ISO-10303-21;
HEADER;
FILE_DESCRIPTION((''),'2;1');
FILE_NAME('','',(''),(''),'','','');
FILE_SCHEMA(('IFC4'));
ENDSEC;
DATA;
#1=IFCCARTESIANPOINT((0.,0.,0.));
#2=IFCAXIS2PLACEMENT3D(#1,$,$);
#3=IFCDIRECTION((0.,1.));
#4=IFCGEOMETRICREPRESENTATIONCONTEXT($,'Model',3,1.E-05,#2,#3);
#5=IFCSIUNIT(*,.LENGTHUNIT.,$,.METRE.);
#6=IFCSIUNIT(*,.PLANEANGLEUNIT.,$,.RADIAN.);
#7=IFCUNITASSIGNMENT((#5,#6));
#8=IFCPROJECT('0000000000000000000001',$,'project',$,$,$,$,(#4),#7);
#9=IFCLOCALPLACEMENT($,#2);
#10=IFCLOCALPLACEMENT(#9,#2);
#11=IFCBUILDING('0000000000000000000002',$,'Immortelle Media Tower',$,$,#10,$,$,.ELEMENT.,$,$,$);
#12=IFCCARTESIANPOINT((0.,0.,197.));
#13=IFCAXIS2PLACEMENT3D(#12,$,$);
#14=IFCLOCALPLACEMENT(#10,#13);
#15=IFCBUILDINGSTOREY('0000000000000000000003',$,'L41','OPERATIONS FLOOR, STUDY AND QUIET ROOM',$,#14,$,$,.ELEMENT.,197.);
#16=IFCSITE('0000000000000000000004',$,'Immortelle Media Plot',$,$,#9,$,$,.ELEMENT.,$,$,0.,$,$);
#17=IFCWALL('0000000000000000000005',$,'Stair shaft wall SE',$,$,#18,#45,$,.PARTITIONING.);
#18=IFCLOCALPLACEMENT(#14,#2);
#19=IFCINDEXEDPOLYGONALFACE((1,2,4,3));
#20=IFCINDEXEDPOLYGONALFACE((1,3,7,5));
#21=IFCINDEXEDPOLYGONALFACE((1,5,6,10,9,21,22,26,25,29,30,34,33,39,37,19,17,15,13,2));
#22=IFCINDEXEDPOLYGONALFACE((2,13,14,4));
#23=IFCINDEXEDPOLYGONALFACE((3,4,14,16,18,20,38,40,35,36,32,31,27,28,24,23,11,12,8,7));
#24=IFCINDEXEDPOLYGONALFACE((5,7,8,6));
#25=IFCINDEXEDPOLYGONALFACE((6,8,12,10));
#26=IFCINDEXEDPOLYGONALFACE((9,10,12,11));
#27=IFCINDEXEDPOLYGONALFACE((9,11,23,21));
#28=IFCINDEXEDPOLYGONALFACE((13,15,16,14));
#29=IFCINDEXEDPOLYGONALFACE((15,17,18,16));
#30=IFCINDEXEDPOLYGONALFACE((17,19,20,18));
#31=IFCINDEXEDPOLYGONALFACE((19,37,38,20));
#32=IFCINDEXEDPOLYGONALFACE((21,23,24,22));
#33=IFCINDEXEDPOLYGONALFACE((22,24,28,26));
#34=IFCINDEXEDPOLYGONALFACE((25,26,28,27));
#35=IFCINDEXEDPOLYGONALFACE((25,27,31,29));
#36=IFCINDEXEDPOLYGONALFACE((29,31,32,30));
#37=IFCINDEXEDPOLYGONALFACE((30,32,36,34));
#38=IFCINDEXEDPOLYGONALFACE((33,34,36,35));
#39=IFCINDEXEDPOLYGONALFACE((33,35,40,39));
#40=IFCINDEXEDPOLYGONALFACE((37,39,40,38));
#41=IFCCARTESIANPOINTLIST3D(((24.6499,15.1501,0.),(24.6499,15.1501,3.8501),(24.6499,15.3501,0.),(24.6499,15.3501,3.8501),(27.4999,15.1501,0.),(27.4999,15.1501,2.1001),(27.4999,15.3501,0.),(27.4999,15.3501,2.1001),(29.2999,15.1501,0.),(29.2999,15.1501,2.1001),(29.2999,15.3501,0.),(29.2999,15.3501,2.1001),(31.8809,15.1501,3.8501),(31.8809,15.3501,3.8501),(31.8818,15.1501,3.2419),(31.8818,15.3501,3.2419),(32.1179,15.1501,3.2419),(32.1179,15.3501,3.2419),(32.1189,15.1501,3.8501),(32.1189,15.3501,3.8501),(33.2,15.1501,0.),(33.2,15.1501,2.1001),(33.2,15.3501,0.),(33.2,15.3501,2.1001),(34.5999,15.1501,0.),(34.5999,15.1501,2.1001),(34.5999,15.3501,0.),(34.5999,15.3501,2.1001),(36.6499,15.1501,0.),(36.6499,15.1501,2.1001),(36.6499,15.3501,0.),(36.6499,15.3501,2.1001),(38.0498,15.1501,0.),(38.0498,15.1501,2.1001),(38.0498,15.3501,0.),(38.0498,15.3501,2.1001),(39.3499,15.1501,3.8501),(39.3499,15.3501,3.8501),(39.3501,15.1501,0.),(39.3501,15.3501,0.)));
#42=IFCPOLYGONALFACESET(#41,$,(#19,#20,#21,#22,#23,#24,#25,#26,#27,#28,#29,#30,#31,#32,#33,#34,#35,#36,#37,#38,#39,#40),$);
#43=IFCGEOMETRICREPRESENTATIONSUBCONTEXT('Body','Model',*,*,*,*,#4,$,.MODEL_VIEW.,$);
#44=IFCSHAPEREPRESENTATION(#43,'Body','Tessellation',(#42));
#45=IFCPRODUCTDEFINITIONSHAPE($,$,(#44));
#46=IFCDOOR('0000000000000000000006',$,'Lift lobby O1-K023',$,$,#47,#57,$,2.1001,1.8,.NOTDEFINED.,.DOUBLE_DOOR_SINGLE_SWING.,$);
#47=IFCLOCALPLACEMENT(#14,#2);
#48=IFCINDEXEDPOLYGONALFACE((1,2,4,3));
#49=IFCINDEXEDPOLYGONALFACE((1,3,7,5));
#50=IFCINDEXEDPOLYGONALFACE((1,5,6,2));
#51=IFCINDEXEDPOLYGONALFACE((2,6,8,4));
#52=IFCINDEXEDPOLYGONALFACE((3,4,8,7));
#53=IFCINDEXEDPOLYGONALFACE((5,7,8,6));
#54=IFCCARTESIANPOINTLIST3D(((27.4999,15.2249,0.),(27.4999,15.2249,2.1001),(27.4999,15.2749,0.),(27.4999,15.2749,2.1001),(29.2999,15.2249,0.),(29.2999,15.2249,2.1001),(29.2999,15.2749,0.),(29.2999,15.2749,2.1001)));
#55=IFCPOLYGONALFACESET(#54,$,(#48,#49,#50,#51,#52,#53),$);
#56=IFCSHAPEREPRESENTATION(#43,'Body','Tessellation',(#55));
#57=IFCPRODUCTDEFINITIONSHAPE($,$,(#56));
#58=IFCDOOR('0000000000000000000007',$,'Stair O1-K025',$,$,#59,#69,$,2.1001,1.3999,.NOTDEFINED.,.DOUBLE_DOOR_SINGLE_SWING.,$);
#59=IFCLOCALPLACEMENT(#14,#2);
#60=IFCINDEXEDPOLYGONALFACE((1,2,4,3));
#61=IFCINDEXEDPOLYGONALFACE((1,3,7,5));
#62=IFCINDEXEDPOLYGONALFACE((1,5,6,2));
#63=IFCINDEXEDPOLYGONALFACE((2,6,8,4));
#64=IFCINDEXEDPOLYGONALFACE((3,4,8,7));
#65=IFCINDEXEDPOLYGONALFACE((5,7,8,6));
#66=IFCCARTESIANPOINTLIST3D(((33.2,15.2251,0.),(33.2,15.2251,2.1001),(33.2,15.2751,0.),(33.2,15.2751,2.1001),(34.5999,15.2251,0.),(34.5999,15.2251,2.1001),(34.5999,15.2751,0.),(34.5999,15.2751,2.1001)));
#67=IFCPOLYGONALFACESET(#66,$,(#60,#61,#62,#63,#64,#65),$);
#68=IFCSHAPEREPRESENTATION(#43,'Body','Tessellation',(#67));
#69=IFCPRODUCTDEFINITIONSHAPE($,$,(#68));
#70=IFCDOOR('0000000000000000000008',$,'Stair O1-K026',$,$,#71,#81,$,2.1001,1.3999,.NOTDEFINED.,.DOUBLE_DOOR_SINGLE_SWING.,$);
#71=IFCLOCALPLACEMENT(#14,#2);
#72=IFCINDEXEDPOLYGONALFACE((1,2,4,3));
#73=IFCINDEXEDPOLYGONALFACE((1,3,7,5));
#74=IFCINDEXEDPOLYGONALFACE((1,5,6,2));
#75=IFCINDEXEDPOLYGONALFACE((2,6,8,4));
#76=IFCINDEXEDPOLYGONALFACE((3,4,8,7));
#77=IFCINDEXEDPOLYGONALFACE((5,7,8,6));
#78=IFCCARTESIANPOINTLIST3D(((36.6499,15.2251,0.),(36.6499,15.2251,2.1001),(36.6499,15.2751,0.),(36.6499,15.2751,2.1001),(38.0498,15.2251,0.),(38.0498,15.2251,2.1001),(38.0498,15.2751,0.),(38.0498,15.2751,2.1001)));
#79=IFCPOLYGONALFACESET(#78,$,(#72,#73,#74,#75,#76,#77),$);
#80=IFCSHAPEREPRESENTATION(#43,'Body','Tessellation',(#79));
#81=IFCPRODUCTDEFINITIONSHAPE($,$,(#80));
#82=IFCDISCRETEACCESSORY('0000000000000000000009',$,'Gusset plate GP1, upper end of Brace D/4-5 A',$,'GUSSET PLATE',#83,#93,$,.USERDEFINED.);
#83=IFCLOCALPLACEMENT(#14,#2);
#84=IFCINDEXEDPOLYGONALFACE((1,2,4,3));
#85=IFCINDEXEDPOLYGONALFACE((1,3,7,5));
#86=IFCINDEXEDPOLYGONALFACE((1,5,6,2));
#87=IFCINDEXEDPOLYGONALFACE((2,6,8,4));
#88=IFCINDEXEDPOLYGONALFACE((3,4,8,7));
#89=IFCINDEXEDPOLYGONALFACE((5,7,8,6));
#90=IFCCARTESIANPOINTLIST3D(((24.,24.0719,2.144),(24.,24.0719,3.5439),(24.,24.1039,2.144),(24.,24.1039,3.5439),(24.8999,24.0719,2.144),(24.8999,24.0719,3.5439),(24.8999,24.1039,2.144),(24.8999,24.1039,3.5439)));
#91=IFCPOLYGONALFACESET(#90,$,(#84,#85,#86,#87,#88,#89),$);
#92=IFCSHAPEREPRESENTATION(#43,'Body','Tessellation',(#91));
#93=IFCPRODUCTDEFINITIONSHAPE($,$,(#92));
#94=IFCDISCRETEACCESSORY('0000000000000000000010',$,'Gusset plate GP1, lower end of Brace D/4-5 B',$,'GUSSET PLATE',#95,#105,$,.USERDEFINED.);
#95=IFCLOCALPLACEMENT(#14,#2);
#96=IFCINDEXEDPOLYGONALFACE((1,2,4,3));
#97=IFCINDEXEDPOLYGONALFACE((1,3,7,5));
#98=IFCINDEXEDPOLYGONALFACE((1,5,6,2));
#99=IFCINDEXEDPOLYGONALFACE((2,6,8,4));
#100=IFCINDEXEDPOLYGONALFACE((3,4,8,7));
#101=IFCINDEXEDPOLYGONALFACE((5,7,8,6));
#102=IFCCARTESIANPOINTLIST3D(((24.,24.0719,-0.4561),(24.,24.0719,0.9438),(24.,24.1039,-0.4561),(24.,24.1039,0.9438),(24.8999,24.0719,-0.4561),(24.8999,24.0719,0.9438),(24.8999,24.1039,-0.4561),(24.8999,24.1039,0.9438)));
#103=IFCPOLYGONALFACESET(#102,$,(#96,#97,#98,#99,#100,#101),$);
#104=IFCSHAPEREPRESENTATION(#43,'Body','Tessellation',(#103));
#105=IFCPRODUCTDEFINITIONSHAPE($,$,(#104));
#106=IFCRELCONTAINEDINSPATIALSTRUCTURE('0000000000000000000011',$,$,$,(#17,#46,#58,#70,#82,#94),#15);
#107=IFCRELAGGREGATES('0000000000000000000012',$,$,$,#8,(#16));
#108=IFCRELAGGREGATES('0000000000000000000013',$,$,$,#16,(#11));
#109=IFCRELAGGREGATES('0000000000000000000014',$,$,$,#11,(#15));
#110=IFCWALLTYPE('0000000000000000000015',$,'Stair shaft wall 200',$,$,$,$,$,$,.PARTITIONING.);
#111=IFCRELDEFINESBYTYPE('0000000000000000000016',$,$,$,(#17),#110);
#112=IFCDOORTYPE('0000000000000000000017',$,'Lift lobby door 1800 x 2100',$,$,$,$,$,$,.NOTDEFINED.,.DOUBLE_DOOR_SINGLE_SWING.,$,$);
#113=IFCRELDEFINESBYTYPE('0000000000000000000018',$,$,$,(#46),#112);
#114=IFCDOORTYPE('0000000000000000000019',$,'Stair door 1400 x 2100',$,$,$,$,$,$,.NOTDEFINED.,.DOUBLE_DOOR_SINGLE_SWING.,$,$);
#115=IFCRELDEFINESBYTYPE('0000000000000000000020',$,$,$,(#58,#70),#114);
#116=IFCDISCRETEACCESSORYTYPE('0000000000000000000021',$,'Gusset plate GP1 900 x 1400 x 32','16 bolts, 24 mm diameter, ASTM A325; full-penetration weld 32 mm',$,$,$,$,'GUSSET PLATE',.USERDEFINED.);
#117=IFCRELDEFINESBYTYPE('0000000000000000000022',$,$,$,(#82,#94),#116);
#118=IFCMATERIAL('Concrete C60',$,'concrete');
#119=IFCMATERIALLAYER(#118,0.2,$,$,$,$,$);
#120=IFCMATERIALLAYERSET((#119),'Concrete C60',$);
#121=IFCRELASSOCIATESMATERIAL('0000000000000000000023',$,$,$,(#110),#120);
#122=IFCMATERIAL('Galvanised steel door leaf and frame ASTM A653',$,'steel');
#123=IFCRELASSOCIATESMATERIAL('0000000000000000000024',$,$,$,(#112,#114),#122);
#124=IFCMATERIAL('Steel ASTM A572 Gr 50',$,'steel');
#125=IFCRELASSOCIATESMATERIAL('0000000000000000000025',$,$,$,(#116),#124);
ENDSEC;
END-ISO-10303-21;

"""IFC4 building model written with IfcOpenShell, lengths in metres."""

from ifc_helpers import new_model, si_unit, direction, frame, frame_2d, origin, origin_2d, place, context, subcontext, project, spatial, polyline, rectangle, outline, extrude, material, layer, layer_set, material_profile, profile_set, type_object, element, fill, save


model = new_model("IFC4")

# Units and contexts
model_context = context("Model", 3, precision=1e-05, world=origin(), true_north=direction((0.0, 1.0)))
body_context = subcontext(model_context, "Body", "Model", "MODEL_VIEW")
ifc_project = project(units=[si_unit("LENGTHUNIT", "METRE"), si_unit("PLANEANGLEUNIT", "RADIAN")], contexts=[model_context])

# Site, building, storey
site_placement = place(None, origin())
site = spatial("IfcSite", under=ifc_project, at=site_placement, Name="Immortelle Media Plot", CompositionType="ELEMENT", RefElevation=0.0)
building_placement = place(site_placement, origin())
building = spatial("IfcBuilding", under=site, at=building_placement, Name="Immortelle Media Tower", CompositionType="ELEMENT")
storey_placement = place(building_placement, frame((0.0, 0.0, 197.0)))
storey = spatial("IfcBuildingStorey", under=building, at=storey_placement, Name="L41", Description="OPERATIONS FLOOR, STUDY AND QUIET ROOM", CompositionType="ELEMENT", Elevation=197.0)

# Wall, openings, doors
ifc_material_1 = material(Name="Concrete C60", Category="concrete")
ifc_layer_1 = layer(ifc_material_1, 0.2)
ifc_layer_set_1 = layer_set([ifc_layer_1], Name="Concrete C60")
wall_type_1 = type_object("IfcWallType", Name="Stair shaft wall 200", PredefinedType="PARTITIONING", material=ifc_layer_set_1)
wall_1_placement = place(storey_placement, frame((24.6499, 15.25, 0.0), z_axis=(0.0, 0.0, 1.0), x_axis=(1.0, 0.0, 0.0)))
wall_1 = element("IfcWall", 1, at=wall_1_placement, inside=storey, type_object=wall_type_1, Name="Stair shaft wall SE", PredefinedType="PARTITIONING", context=body_context, shape_type="SweptSolid", body=[
    extrude(outline(polyline([(0.0, 0.0), (14.7002, 0.0), (14.7, 3.8501), (7.469, 3.8501), (7.468, 3.2419), (7.2319, 3.2419), (7.231, 3.8501), (0.0, 3.8501), (0.0, 0.0)])), frame((0.0, 0.1001, 0.0), z_axis=(0.0, -1.0, 0.0), x_axis=(1.0, 0.0, 0.0)), (0.0, 0.0, 1.0), 0.2),
])
opening_1_placement = place(wall_1_placement, frame((2.8501, 0.0, 0.0)))
opening_1 = element("IfcOpeningElement", 2, at=opening_1_placement, cuts=wall_1, PredefinedType="OPENING", context=body_context, shape_type="SweptSolid", body=[
    extrude(rectangle(XDim=1.8, YDim=2.1001, at=frame_2d((0.8999, 1.05))), frame((0.0, 0.1099, 0.0), z_axis=(0.0, -1.0, 0.0), x_axis=(1.0, 0.0, 0.0)), (0.0, 0.0, 1.0), 0.22),
])
opening_2_placement = place(wall_1_placement, frame((9.95, 0.0, 0.0), z_axis=(0.0, 0.0, 1.0), x_axis=(-1.0, 0.0, 0.0)))
opening_2 = element("IfcOpeningElement", 3, at=opening_2_placement, cuts=wall_1, PredefinedType="OPENING", context=body_context, shape_type="SweptSolid", body=[
    extrude(rectangle(XDim=1.3999, YDim=2.1001, at=frame_2d((0.7, 1.05))), frame((0.0, 0.1099, 0.0), z_axis=(0.0, -1.0, 0.0), x_axis=(1.0, 0.0, 0.0)), (0.0, 0.0, 1.0), 0.22),
])
opening_3_placement = place(wall_1_placement, frame((13.3999, 0.0, 0.0), z_axis=(0.0, 0.0, 1.0), x_axis=(-1.0, 0.0, 0.0)))
opening_3 = element("IfcOpeningElement", 4, at=opening_3_placement, cuts=wall_1, PredefinedType="OPENING", context=body_context, shape_type="SweptSolid", body=[
    extrude(rectangle(XDim=1.3999, YDim=2.1001, at=frame_2d((0.7, 1.05))), frame((0.0, 0.1099, 0.0), z_axis=(0.0, -1.0, 0.0), x_axis=(1.0, 0.0, 0.0)), (0.0, 0.0, 1.0), 0.22),
])
ifc_material_2 = material(Name="Galvanised steel door leaf and frame ASTM A653", Category="steel")
door_type_1 = type_object("IfcDoorType", Name="Lift lobby door 1800 x 2100", OperationType="DOUBLE_DOOR_SINGLE_SWING", PredefinedType="NOTDEFINED", material=ifc_material_2)
door_1_placement = place(opening_1_placement, origin())
door_1 = element("IfcDoor", 5, at=door_1_placement, inside=storey, type_object=door_type_1, Name="Lift lobby O1-K023", OperationType="DOUBLE_DOOR_SINGLE_SWING", OverallHeight=2.1001, OverallWidth=1.8, PredefinedType="NOTDEFINED", context=body_context, shape_type="SweptSolid", body=[
    extrude(rectangle(XDim=1.8, YDim=2.1001, at=frame_2d((0.8999, 1.05))), frame((0.0, 0.0249, 0.0), z_axis=(0.0, -1.0, 0.0), x_axis=(1.0, 0.0, 0.0)), (0.0, 0.0, 1.0), 0.05),
])
fill(opening_1, door_1)
door_type_2 = type_object("IfcDoorType", Name="Stair door 1400 x 2100", OperationType="DOUBLE_DOOR_SINGLE_SWING", PredefinedType="NOTDEFINED", material=ifc_material_2)
door_2_placement = place(opening_2_placement, origin())
door_2 = element("IfcDoor", 6, at=door_2_placement, inside=storey, type_object=door_type_2, Name="Stair O1-K025", OperationType="DOUBLE_DOOR_SINGLE_SWING", OverallHeight=2.1001, OverallWidth=1.3999, PredefinedType="NOTDEFINED", context=body_context, shape_type="SweptSolid", body=[
    extrude(rectangle(XDim=1.3999, YDim=2.1001, at=frame_2d((0.7, 1.05))), frame((0.0, 0.0249, 0.0), z_axis=(0.0, -1.0, 0.0), x_axis=(1.0, 0.0, 0.0)), (0.0, 0.0, 1.0), 0.05),
])
fill(opening_2, door_2)
door_3_placement = place(opening_3_placement, origin())
door_3 = element("IfcDoor", 7, at=door_3_placement, inside=storey, type_object=door_type_2, Name="Stair O1-K026", OperationType="DOUBLE_DOOR_SINGLE_SWING", OverallHeight=2.1001, OverallWidth=1.3999, PredefinedType="NOTDEFINED", context=body_context, shape_type="SweptSolid", body=[
    extrude(rectangle(XDim=1.3999, YDim=2.1001, at=frame_2d((0.7, 1.05))), frame((0.0, 0.0249, 0.0), z_axis=(0.0, -1.0, 0.0), x_axis=(1.0, 0.0, 0.0)), (0.0, 0.0, 1.0), 0.05),
])
fill(opening_3, door_3)

# Discrete accessories
ifc_material_3 = material(Name="Steel ASTM A572 Gr 50", Category="steel")
ifc_material_profile_1 = material_profile(ifc_material_3, rectangle(XDim=0.032, YDim=1.3999, at=origin_2d()), Name="PL 32 x 1400")
ifc_profile_set_1 = profile_set([ifc_material_profile_1], Name="Steel ASTM A572 Gr 50")
discrete_accessory_type = type_object("IfcDiscreteAccessoryType", Name="Gusset plate GP1 900 x 1400 x 32", Description="16 bolts, 24 mm diameter, ASTM A325; full-penetration weld 32 mm", ElementType="GUSSET PLATE", PredefinedType="USERDEFINED", material=ifc_profile_set_1)
for number, where, z_axis, x_axis, name in (
    (8, (24.0, 24.0879, 2.844), (1.0, 0.0, 0.0), (0.0, 1.0, 0.0), "Gusset plate GP1, upper end of Brace D/4-5 A"),
    (9, (24.0, 24.0879, 0.2439), (1.0, 0.0, 0.0), (0.0, 1.0, 0.0), "Gusset plate GP1, lower end of Brace D/4-5 B"),
):
    element("IfcDiscreteAccessory", number, at=place(storey_placement, frame(where, z_axis=z_axis, x_axis=x_axis)), inside=storey, type_object=discrete_accessory_type, Name=name, ObjectType="GUSSET PLATE", PredefinedType="USERDEFINED", context=body_context, shape_type="SweptSolid", body=[
        extrude(rectangle(XDim=0.032, YDim=1.3999, at=origin_2d()), origin(), (0.0, 0.0, 1.0), 0.8999),
    ])

save(model, "model.ifc")
